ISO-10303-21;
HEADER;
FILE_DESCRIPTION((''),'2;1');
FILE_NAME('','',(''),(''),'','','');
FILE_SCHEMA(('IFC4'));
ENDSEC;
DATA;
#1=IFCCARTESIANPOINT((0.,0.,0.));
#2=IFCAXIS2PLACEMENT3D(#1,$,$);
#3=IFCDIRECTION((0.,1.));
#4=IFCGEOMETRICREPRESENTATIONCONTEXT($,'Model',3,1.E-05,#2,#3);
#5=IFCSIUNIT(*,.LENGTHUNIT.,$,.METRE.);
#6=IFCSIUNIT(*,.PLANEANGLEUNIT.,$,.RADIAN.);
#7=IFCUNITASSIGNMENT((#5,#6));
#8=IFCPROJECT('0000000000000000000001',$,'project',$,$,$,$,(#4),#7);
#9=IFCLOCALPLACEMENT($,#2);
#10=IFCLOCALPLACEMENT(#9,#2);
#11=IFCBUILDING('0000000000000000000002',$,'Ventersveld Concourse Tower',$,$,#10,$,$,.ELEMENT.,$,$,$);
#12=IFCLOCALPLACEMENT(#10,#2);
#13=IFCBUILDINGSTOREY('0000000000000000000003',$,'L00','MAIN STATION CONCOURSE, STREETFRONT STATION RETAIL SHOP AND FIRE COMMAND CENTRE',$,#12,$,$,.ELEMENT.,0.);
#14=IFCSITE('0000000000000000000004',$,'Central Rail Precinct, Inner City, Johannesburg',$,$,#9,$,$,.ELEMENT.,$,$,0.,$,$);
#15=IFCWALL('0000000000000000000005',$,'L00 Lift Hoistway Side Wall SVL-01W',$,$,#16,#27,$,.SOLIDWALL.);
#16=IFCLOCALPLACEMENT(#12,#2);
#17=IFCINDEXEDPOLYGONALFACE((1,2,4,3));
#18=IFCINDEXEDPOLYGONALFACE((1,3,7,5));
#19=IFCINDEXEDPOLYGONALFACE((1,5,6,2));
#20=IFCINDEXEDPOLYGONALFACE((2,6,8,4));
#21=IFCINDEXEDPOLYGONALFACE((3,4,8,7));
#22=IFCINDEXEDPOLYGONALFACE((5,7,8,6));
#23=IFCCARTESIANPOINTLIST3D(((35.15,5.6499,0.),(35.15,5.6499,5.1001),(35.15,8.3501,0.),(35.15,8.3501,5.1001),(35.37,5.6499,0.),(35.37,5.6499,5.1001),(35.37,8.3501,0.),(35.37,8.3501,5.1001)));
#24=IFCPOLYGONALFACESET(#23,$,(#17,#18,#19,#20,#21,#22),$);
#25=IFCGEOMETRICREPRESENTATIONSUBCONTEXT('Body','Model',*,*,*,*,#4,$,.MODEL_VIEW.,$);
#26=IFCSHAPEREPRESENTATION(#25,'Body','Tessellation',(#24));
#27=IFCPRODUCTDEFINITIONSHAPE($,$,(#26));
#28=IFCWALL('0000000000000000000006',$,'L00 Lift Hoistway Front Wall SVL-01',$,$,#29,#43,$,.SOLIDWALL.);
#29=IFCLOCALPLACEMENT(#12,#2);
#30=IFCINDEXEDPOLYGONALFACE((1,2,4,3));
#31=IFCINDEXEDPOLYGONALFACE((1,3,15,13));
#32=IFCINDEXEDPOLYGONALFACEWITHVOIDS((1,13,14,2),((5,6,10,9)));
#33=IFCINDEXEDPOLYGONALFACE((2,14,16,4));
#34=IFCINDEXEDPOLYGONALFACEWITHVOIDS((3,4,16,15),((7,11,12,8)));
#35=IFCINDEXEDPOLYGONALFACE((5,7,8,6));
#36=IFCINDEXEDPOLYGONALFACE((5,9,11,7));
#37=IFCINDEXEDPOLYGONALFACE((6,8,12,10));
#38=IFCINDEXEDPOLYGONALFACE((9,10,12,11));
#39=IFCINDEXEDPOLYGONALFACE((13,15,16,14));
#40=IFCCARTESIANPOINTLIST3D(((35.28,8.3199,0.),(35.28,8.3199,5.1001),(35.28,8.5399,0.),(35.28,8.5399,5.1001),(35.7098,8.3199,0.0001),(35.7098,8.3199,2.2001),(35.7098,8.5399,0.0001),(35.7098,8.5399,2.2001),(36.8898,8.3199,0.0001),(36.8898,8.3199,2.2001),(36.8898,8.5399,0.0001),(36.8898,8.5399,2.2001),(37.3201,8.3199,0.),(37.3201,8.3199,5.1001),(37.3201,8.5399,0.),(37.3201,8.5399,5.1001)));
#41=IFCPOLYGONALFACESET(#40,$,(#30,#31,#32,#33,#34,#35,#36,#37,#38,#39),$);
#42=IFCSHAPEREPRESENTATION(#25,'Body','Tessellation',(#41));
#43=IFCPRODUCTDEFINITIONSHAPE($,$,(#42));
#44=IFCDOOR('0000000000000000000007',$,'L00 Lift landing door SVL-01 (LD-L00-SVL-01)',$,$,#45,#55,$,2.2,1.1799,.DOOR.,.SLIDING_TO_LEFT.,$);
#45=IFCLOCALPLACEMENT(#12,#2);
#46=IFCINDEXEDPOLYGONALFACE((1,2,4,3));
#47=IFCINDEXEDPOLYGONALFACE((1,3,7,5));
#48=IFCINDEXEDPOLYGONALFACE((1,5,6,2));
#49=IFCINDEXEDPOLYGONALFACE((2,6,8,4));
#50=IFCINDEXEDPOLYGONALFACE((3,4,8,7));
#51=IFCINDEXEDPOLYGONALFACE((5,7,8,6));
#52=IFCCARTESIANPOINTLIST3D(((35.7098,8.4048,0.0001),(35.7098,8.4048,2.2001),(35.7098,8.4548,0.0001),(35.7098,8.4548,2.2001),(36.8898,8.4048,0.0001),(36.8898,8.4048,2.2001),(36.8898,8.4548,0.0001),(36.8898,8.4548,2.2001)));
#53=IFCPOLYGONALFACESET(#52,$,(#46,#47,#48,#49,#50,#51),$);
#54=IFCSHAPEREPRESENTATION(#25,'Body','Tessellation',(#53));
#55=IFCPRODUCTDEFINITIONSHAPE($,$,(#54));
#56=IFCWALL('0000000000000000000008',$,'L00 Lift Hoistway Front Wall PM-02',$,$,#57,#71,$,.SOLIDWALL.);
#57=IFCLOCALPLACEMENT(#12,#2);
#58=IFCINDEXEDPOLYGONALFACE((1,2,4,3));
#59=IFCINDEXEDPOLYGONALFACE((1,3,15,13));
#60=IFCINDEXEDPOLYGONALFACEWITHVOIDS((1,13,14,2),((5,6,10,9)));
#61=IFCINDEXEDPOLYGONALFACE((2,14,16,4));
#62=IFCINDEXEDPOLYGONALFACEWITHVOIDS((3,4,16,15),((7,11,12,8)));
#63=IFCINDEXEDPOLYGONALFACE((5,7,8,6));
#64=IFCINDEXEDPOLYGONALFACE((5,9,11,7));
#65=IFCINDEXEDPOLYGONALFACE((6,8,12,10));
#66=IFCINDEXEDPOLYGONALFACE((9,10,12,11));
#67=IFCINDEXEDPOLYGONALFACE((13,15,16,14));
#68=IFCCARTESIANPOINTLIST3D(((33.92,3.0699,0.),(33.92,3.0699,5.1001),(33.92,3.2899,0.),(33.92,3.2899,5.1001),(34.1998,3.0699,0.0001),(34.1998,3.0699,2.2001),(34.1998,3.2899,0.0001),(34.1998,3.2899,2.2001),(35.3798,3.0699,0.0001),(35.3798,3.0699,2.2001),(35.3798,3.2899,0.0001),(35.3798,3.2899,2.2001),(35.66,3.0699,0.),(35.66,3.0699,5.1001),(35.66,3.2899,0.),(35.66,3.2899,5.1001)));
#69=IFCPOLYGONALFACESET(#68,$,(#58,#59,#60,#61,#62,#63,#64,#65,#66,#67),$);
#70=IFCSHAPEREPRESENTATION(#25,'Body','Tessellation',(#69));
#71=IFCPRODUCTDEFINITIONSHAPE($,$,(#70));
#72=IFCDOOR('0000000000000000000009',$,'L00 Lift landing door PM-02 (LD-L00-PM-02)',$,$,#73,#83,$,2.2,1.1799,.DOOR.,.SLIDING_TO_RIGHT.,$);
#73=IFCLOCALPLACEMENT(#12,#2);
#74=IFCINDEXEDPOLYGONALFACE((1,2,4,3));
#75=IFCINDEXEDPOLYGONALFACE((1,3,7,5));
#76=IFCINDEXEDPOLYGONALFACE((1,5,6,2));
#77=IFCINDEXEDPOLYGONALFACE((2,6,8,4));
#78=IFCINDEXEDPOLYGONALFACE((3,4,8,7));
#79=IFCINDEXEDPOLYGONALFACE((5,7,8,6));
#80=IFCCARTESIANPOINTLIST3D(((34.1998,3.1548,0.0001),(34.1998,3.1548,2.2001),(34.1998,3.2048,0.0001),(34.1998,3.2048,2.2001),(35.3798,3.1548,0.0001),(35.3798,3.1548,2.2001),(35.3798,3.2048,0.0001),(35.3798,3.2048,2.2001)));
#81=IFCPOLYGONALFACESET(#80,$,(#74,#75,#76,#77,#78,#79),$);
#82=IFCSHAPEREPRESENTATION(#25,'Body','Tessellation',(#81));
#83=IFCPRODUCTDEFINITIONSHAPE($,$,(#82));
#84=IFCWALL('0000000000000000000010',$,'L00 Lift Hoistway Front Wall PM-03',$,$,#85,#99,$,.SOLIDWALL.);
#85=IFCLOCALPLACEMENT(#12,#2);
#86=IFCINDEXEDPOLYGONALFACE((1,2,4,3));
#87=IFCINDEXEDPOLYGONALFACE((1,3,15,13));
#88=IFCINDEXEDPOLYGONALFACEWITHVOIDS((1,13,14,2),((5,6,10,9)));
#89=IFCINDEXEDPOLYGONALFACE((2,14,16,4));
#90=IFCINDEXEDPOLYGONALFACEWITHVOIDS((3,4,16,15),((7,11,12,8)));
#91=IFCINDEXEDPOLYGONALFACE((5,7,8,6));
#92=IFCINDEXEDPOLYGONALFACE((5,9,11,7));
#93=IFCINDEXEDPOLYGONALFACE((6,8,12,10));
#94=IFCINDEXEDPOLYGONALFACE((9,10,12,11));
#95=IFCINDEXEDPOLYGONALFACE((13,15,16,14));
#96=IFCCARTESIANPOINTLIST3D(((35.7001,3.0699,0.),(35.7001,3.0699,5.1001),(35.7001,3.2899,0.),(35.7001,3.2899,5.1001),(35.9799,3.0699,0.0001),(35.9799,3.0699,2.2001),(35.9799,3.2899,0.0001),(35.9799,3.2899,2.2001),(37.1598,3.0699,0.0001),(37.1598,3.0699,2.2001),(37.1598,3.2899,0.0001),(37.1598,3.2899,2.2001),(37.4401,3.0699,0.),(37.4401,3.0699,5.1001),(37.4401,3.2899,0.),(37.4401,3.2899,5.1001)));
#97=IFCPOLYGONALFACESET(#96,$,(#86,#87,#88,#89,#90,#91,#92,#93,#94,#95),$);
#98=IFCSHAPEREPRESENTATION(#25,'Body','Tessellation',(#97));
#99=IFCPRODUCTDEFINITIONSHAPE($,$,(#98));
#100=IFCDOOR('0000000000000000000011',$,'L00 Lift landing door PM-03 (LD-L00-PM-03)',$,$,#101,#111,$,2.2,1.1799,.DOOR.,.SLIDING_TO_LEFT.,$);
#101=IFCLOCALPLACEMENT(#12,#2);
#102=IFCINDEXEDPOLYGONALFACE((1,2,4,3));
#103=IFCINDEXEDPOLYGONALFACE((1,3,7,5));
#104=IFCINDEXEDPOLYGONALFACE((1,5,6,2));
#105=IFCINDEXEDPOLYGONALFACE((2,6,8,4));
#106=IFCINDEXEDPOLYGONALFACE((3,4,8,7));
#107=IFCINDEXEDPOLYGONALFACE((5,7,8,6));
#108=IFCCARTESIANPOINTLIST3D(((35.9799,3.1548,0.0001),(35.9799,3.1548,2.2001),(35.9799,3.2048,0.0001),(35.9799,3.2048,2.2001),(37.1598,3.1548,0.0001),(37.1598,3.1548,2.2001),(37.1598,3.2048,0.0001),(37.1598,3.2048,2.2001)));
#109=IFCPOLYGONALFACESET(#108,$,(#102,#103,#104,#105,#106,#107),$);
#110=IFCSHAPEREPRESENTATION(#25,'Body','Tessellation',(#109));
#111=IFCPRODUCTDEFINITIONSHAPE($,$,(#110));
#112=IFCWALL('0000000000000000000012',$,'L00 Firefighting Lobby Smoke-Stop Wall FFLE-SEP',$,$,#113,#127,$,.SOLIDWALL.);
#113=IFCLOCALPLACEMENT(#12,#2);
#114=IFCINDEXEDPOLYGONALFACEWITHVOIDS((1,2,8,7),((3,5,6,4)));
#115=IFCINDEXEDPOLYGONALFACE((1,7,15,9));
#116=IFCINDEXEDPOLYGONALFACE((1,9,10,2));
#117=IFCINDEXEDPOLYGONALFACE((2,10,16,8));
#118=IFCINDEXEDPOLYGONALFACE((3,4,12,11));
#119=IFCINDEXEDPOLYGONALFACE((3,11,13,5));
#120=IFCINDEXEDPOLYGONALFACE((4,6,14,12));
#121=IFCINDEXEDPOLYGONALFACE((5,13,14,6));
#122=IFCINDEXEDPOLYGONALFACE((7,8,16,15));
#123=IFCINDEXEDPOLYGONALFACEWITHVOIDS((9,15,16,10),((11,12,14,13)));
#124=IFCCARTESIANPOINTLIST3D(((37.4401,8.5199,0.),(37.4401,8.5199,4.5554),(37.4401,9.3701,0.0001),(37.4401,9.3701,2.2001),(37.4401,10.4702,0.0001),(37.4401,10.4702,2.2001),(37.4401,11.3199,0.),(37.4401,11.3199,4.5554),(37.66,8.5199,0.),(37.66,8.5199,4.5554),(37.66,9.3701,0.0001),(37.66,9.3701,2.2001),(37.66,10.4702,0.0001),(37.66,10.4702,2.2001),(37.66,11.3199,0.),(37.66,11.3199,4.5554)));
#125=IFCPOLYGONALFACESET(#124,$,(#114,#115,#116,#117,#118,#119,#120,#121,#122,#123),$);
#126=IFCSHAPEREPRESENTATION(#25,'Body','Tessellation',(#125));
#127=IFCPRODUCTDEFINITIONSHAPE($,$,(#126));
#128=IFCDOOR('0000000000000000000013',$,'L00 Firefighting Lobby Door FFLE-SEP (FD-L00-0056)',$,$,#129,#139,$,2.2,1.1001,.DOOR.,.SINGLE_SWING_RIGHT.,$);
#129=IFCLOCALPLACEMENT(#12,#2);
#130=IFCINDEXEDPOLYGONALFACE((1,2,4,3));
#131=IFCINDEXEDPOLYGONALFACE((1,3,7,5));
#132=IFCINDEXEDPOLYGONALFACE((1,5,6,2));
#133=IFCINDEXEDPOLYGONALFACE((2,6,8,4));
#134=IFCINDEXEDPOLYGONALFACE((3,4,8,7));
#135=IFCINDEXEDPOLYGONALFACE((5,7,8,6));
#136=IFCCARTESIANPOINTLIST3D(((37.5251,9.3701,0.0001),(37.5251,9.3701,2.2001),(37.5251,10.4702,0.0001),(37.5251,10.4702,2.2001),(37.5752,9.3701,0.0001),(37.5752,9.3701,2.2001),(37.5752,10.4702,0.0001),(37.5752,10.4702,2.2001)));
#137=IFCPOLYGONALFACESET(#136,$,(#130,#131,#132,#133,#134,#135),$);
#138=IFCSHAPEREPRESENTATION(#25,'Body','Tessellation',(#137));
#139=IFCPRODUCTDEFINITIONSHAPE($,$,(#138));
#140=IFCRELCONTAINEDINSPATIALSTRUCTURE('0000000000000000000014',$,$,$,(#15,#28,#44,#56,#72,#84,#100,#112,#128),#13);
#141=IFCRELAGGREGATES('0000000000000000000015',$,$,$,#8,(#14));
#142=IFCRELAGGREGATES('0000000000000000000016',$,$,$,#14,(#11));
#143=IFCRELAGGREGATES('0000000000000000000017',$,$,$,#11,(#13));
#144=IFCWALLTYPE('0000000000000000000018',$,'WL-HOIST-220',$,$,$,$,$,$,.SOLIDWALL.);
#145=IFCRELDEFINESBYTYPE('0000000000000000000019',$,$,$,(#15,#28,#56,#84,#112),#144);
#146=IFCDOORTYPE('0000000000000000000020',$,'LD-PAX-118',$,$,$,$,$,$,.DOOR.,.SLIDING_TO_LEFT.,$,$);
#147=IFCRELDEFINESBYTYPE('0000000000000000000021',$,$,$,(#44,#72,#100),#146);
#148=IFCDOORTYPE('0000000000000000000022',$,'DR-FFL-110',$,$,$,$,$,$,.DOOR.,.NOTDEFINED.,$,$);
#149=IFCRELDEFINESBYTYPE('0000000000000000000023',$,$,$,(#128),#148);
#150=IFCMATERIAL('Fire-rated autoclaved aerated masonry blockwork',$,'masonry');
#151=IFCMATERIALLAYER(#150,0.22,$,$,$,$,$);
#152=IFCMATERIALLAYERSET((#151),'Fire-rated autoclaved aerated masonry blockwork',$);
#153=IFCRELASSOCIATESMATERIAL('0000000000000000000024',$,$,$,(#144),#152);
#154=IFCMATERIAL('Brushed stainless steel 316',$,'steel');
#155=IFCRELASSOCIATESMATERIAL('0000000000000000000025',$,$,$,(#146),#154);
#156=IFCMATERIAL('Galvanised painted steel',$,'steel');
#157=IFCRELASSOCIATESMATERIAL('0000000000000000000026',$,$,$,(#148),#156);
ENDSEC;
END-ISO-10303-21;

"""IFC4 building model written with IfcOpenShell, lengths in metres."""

from ifc_helpers import new_model, si_unit, direction, frame, frame_2d, origin, place, context, subcontext, project, spatial, rectangle, extrude, material, layer, layer_set, type_object, element, fill, save


model = new_model("IFC4")

# Units and contexts
model_context = context("Model", 3, precision=1e-05, world=origin(), true_north=direction((0.0, 1.0)))
body_context = subcontext(model_context, "Body", "Model", "MODEL_VIEW")
ifc_project = project(units=[si_unit("LENGTHUNIT", "METRE"), si_unit("PLANEANGLEUNIT", "RADIAN")], contexts=[model_context])

# Site, building, storey
site_placement = place(None, origin())
site = spatial("IfcSite", under=ifc_project, at=site_placement, Name="Central Rail Precinct, Inner City, Johannesburg", CompositionType="ELEMENT", RefElevation=0.0)
building_placement = place(site_placement, origin())
building = spatial("IfcBuilding", under=site, at=building_placement, Name="Ventersveld Concourse Tower", CompositionType="ELEMENT")
storey_placement = place(building_placement, origin())
storey = spatial("IfcBuildingStorey", under=building, at=storey_placement, Name="L00", Description="MAIN STATION CONCOURSE, STREETFRONT STATION RETAIL SHOP AND FIRE COMMAND CENTRE", CompositionType="ELEMENT", Elevation=0.0)

# Wall
ifc_material_1 = material(Name="Fire-rated autoclaved aerated masonry blockwork", Category="masonry")
ifc_layer_1 = layer(ifc_material_1, 0.22)
ifc_layer_set_1 = layer_set([ifc_layer_1], Name="Fire-rated autoclaved aerated masonry blockwork")
wall_type_1 = type_object("IfcWallType", Name="WL-HOIST-220", PredefinedType="SOLIDWALL", material=ifc_layer_set_1)
wall_1_placement = place(storey_placement, frame((35.26, 5.6499, 0.0), z_axis=(0.0, 0.0, 1.0), x_axis=(0.0, 1.0, 0.0)))
element("IfcWall", 1, at=wall_1_placement, inside=storey, type_object=wall_type_1, Name="L00 Lift Hoistway Side Wall SVL-01W", PredefinedType="SOLIDWALL", context=body_context, shape_type="SweptSolid", body=[
    extrude(rectangle(XDim=2.7002, YDim=0.22, at=frame_2d((1.3501, 0.0))), origin(), (0.0, 0.0, 1.0), 5.1001),
])

# Walls, openings, doors
wall_2_placement = place(storey_placement, frame((35.28, 8.4299, 0.0), z_axis=(0.0, 0.0, 1.0), x_axis=(1.0, 0.0, 0.0)))
wall_2 = element("IfcWall", 2, at=wall_2_placement, inside=storey, type_object=wall_type_1, Name="L00 Lift Hoistway Front Wall SVL-01", PredefinedType="SOLIDWALL", context=body_context, shape_type="SweptSolid", body=[
    extrude(rectangle(XDim=2.04, YDim=0.22, at=frame_2d((1.02, 0.0))), origin(), (0.0, 0.0, 1.0), 5.1001),
])
opening_1_placement = place(wall_2_placement, frame((0.4299, 0.0, 0.0)))
opening_1 = element("IfcOpeningElement", 3, at=opening_1_placement, cuts=wall_2, PredefinedType="OPENING", context=body_context, shape_type="SweptSolid", body=[
    extrude(rectangle(XDim=1.1799, YDim=2.2, at=frame_2d((0.5898, 1.1001))), frame((0.0, 0.1201, 0.0), z_axis=(0.0, -1.0, 0.0), x_axis=(1.0, 0.0, 0.0)), (0.0, 0.0, 1.0), 0.24),
])
ifc_material_2 = material(Name="Brushed stainless steel 316", Category="steel")
door_type_1 = type_object("IfcDoorType", Name="LD-PAX-118", OperationType="SLIDING_TO_LEFT", PredefinedType="DOOR", material=ifc_material_2)
door_1_placement = place(opening_1_placement, origin())
door_1 = element("IfcDoor", 4, at=door_1_placement, inside=storey, type_object=door_type_1, Name="L00 Lift landing door SVL-01 (LD-L00-SVL-01)", OperationType="SLIDING_TO_LEFT", OverallHeight=2.2, OverallWidth=1.1799, PredefinedType="DOOR", context=body_context, shape_type="SweptSolid", body=[
    extrude(rectangle(XDim=1.1799, YDim=2.2, at=frame_2d((0.5898, 1.1001))), frame((0.0, 0.0249, 0.0), z_axis=(0.0, -1.0, 0.0), x_axis=(1.0, 0.0, 0.0)), (0.0, 0.0, 1.0), 0.05),
])
fill(opening_1, door_1)
wall_3_placement = place(storey_placement, frame((33.9199, 3.1799, 0.0), z_axis=(0.0, 0.0, 1.0), x_axis=(1.0, 0.0, 0.0)))
wall_3 = element("IfcWall", 5, at=wall_3_placement, inside=storey, type_object=wall_type_1, Name="L00 Lift Hoistway Front Wall PM-02", PredefinedType="SOLIDWALL", context=body_context, shape_type="SweptSolid", body=[
    extrude(rectangle(XDim=1.74, YDim=0.22, at=frame_2d((0.8701, 0.0))), origin(), (0.0, 0.0, 1.0), 5.1001),
])
opening_2_placement = place(wall_3_placement, frame((0.28, 0.0, 0.0)))
opening_2 = element("IfcOpeningElement", 6, at=opening_2_placement, cuts=wall_3, PredefinedType="OPENING", context=body_context, shape_type="SweptSolid", body=[
    extrude(rectangle(XDim=1.1799, YDim=2.2, at=frame_2d((0.5898, 1.1001))), frame((0.0, 0.1201, 0.0), z_axis=(0.0, -1.0, 0.0), x_axis=(1.0, 0.0, 0.0)), (0.0, 0.0, 1.0), 0.24),
])
door_2_placement = place(opening_2_placement, origin())
door_2 = element("IfcDoor", 7, at=door_2_placement, inside=storey, type_object=door_type_1, Name="L00 Lift landing door PM-02 (LD-L00-PM-02)", OperationType="SLIDING_TO_RIGHT", OverallHeight=2.2, OverallWidth=1.1799, PredefinedType="DOOR", context=body_context, shape_type="SweptSolid", body=[
    extrude(rectangle(XDim=1.1799, YDim=2.2, at=frame_2d((0.5898, 1.1001))), frame((0.0, 0.0249, 0.0), z_axis=(0.0, -1.0, 0.0), x_axis=(1.0, 0.0, 0.0)), (0.0, 0.0, 1.0), 0.05),
])
fill(opening_2, door_2)
wall_4_placement = place(storey_placement, frame((35.7, 3.1799, 0.0), z_axis=(0.0, 0.0, 1.0), x_axis=(1.0, 0.0, 0.0)))
wall_4 = element("IfcWall", 8, at=wall_4_placement, inside=storey, type_object=wall_type_1, Name="L00 Lift Hoistway Front Wall PM-03", PredefinedType="SOLIDWALL", context=body_context, shape_type="SweptSolid", body=[
    extrude(rectangle(XDim=1.74, YDim=0.22, at=frame_2d((0.8701, 0.0))), origin(), (0.0, 0.0, 1.0), 5.1001),
])
opening_3_placement = place(wall_4_placement, frame((0.28, 0.0, 0.0)))
opening_3 = element("IfcOpeningElement", 9, at=opening_3_placement, cuts=wall_4, PredefinedType="OPENING", context=body_context, shape_type="SweptSolid", body=[
    extrude(rectangle(XDim=1.1799, YDim=2.2, at=frame_2d((0.5898, 1.1001))), frame((0.0, 0.1201, 0.0), z_axis=(0.0, -1.0, 0.0), x_axis=(1.0, 0.0, 0.0)), (0.0, 0.0, 1.0), 0.24),
])
door_3_placement = place(opening_3_placement, origin())
door_3 = element("IfcDoor", 10, at=door_3_placement, inside=storey, type_object=door_type_1, Name="L00 Lift landing door PM-03 (LD-L00-PM-03)", OperationType="SLIDING_TO_LEFT", OverallHeight=2.2, OverallWidth=1.1799, PredefinedType="DOOR", context=body_context, shape_type="SweptSolid", body=[
    extrude(rectangle(XDim=1.1799, YDim=2.2, at=frame_2d((0.5898, 1.1001))), frame((0.0, 0.0249, 0.0), z_axis=(0.0, -1.0, 0.0), x_axis=(1.0, 0.0, 0.0)), (0.0, 0.0, 1.0), 0.05),
])
fill(opening_3, door_3)
wall_5_placement = place(storey_placement, frame((37.55, 8.52, 0.0), z_axis=(0.0, 0.0, 1.0), x_axis=(0.0, 1.0, 0.0)))
wall_5 = element("IfcWall", 11, at=wall_5_placement, inside=storey, type_object=wall_type_1, Name="L00 Firefighting Lobby Smoke-Stop Wall FFLE-SEP", PredefinedType="SOLIDWALL", context=body_context, shape_type="SweptSolid", body=[
    extrude(rectangle(XDim=2.8, YDim=0.22, at=frame_2d((1.3999, 0.0))), origin(), (0.0, 0.0, 1.0), 4.5554),
])
opening_4_placement = place(wall_5_placement, frame((0.8501, 0.0, 0.0)))
opening_4 = element("IfcOpeningElement", 12, at=opening_4_placement, cuts=wall_5, PredefinedType="OPENING", context=body_context, shape_type="SweptSolid", body=[
    extrude(rectangle(XDim=1.1001, YDim=2.2, at=frame_2d((0.55, 1.1001))), frame((0.0, 0.1201, 0.0), z_axis=(0.0, -1.0, 0.0), x_axis=(1.0, 0.0, 0.0)), (0.0, 0.0, 1.0), 0.24),
])
ifc_material_3 = material(Name="Galvanised painted steel", Category="steel")
door_type_2 = type_object("IfcDoorType", Name="DR-FFL-110", OperationType="NOTDEFINED", PredefinedType="DOOR", material=ifc_material_3)
door_4_placement = place(opening_4_placement, origin())
door_4 = element("IfcDoor", 13, at=door_4_placement, inside=storey, type_object=door_type_2, Name="L00 Firefighting Lobby Door FFLE-SEP (FD-L00-0056)", OperationType="SINGLE_SWING_RIGHT", OverallHeight=2.2, OverallWidth=1.1001, PredefinedType="DOOR", context=body_context, shape_type="SweptSolid", body=[
    extrude(rectangle(XDim=1.1001, YDim=2.2, at=frame_2d((0.55, 1.1001))), frame((0.0, 0.0249, 0.0), z_axis=(0.0, -1.0, 0.0), x_axis=(1.0, 0.0, 0.0)), (0.0, 0.0, 1.0), 0.05),
])
fill(opening_4, door_4)

save(model, "model.ifc")
